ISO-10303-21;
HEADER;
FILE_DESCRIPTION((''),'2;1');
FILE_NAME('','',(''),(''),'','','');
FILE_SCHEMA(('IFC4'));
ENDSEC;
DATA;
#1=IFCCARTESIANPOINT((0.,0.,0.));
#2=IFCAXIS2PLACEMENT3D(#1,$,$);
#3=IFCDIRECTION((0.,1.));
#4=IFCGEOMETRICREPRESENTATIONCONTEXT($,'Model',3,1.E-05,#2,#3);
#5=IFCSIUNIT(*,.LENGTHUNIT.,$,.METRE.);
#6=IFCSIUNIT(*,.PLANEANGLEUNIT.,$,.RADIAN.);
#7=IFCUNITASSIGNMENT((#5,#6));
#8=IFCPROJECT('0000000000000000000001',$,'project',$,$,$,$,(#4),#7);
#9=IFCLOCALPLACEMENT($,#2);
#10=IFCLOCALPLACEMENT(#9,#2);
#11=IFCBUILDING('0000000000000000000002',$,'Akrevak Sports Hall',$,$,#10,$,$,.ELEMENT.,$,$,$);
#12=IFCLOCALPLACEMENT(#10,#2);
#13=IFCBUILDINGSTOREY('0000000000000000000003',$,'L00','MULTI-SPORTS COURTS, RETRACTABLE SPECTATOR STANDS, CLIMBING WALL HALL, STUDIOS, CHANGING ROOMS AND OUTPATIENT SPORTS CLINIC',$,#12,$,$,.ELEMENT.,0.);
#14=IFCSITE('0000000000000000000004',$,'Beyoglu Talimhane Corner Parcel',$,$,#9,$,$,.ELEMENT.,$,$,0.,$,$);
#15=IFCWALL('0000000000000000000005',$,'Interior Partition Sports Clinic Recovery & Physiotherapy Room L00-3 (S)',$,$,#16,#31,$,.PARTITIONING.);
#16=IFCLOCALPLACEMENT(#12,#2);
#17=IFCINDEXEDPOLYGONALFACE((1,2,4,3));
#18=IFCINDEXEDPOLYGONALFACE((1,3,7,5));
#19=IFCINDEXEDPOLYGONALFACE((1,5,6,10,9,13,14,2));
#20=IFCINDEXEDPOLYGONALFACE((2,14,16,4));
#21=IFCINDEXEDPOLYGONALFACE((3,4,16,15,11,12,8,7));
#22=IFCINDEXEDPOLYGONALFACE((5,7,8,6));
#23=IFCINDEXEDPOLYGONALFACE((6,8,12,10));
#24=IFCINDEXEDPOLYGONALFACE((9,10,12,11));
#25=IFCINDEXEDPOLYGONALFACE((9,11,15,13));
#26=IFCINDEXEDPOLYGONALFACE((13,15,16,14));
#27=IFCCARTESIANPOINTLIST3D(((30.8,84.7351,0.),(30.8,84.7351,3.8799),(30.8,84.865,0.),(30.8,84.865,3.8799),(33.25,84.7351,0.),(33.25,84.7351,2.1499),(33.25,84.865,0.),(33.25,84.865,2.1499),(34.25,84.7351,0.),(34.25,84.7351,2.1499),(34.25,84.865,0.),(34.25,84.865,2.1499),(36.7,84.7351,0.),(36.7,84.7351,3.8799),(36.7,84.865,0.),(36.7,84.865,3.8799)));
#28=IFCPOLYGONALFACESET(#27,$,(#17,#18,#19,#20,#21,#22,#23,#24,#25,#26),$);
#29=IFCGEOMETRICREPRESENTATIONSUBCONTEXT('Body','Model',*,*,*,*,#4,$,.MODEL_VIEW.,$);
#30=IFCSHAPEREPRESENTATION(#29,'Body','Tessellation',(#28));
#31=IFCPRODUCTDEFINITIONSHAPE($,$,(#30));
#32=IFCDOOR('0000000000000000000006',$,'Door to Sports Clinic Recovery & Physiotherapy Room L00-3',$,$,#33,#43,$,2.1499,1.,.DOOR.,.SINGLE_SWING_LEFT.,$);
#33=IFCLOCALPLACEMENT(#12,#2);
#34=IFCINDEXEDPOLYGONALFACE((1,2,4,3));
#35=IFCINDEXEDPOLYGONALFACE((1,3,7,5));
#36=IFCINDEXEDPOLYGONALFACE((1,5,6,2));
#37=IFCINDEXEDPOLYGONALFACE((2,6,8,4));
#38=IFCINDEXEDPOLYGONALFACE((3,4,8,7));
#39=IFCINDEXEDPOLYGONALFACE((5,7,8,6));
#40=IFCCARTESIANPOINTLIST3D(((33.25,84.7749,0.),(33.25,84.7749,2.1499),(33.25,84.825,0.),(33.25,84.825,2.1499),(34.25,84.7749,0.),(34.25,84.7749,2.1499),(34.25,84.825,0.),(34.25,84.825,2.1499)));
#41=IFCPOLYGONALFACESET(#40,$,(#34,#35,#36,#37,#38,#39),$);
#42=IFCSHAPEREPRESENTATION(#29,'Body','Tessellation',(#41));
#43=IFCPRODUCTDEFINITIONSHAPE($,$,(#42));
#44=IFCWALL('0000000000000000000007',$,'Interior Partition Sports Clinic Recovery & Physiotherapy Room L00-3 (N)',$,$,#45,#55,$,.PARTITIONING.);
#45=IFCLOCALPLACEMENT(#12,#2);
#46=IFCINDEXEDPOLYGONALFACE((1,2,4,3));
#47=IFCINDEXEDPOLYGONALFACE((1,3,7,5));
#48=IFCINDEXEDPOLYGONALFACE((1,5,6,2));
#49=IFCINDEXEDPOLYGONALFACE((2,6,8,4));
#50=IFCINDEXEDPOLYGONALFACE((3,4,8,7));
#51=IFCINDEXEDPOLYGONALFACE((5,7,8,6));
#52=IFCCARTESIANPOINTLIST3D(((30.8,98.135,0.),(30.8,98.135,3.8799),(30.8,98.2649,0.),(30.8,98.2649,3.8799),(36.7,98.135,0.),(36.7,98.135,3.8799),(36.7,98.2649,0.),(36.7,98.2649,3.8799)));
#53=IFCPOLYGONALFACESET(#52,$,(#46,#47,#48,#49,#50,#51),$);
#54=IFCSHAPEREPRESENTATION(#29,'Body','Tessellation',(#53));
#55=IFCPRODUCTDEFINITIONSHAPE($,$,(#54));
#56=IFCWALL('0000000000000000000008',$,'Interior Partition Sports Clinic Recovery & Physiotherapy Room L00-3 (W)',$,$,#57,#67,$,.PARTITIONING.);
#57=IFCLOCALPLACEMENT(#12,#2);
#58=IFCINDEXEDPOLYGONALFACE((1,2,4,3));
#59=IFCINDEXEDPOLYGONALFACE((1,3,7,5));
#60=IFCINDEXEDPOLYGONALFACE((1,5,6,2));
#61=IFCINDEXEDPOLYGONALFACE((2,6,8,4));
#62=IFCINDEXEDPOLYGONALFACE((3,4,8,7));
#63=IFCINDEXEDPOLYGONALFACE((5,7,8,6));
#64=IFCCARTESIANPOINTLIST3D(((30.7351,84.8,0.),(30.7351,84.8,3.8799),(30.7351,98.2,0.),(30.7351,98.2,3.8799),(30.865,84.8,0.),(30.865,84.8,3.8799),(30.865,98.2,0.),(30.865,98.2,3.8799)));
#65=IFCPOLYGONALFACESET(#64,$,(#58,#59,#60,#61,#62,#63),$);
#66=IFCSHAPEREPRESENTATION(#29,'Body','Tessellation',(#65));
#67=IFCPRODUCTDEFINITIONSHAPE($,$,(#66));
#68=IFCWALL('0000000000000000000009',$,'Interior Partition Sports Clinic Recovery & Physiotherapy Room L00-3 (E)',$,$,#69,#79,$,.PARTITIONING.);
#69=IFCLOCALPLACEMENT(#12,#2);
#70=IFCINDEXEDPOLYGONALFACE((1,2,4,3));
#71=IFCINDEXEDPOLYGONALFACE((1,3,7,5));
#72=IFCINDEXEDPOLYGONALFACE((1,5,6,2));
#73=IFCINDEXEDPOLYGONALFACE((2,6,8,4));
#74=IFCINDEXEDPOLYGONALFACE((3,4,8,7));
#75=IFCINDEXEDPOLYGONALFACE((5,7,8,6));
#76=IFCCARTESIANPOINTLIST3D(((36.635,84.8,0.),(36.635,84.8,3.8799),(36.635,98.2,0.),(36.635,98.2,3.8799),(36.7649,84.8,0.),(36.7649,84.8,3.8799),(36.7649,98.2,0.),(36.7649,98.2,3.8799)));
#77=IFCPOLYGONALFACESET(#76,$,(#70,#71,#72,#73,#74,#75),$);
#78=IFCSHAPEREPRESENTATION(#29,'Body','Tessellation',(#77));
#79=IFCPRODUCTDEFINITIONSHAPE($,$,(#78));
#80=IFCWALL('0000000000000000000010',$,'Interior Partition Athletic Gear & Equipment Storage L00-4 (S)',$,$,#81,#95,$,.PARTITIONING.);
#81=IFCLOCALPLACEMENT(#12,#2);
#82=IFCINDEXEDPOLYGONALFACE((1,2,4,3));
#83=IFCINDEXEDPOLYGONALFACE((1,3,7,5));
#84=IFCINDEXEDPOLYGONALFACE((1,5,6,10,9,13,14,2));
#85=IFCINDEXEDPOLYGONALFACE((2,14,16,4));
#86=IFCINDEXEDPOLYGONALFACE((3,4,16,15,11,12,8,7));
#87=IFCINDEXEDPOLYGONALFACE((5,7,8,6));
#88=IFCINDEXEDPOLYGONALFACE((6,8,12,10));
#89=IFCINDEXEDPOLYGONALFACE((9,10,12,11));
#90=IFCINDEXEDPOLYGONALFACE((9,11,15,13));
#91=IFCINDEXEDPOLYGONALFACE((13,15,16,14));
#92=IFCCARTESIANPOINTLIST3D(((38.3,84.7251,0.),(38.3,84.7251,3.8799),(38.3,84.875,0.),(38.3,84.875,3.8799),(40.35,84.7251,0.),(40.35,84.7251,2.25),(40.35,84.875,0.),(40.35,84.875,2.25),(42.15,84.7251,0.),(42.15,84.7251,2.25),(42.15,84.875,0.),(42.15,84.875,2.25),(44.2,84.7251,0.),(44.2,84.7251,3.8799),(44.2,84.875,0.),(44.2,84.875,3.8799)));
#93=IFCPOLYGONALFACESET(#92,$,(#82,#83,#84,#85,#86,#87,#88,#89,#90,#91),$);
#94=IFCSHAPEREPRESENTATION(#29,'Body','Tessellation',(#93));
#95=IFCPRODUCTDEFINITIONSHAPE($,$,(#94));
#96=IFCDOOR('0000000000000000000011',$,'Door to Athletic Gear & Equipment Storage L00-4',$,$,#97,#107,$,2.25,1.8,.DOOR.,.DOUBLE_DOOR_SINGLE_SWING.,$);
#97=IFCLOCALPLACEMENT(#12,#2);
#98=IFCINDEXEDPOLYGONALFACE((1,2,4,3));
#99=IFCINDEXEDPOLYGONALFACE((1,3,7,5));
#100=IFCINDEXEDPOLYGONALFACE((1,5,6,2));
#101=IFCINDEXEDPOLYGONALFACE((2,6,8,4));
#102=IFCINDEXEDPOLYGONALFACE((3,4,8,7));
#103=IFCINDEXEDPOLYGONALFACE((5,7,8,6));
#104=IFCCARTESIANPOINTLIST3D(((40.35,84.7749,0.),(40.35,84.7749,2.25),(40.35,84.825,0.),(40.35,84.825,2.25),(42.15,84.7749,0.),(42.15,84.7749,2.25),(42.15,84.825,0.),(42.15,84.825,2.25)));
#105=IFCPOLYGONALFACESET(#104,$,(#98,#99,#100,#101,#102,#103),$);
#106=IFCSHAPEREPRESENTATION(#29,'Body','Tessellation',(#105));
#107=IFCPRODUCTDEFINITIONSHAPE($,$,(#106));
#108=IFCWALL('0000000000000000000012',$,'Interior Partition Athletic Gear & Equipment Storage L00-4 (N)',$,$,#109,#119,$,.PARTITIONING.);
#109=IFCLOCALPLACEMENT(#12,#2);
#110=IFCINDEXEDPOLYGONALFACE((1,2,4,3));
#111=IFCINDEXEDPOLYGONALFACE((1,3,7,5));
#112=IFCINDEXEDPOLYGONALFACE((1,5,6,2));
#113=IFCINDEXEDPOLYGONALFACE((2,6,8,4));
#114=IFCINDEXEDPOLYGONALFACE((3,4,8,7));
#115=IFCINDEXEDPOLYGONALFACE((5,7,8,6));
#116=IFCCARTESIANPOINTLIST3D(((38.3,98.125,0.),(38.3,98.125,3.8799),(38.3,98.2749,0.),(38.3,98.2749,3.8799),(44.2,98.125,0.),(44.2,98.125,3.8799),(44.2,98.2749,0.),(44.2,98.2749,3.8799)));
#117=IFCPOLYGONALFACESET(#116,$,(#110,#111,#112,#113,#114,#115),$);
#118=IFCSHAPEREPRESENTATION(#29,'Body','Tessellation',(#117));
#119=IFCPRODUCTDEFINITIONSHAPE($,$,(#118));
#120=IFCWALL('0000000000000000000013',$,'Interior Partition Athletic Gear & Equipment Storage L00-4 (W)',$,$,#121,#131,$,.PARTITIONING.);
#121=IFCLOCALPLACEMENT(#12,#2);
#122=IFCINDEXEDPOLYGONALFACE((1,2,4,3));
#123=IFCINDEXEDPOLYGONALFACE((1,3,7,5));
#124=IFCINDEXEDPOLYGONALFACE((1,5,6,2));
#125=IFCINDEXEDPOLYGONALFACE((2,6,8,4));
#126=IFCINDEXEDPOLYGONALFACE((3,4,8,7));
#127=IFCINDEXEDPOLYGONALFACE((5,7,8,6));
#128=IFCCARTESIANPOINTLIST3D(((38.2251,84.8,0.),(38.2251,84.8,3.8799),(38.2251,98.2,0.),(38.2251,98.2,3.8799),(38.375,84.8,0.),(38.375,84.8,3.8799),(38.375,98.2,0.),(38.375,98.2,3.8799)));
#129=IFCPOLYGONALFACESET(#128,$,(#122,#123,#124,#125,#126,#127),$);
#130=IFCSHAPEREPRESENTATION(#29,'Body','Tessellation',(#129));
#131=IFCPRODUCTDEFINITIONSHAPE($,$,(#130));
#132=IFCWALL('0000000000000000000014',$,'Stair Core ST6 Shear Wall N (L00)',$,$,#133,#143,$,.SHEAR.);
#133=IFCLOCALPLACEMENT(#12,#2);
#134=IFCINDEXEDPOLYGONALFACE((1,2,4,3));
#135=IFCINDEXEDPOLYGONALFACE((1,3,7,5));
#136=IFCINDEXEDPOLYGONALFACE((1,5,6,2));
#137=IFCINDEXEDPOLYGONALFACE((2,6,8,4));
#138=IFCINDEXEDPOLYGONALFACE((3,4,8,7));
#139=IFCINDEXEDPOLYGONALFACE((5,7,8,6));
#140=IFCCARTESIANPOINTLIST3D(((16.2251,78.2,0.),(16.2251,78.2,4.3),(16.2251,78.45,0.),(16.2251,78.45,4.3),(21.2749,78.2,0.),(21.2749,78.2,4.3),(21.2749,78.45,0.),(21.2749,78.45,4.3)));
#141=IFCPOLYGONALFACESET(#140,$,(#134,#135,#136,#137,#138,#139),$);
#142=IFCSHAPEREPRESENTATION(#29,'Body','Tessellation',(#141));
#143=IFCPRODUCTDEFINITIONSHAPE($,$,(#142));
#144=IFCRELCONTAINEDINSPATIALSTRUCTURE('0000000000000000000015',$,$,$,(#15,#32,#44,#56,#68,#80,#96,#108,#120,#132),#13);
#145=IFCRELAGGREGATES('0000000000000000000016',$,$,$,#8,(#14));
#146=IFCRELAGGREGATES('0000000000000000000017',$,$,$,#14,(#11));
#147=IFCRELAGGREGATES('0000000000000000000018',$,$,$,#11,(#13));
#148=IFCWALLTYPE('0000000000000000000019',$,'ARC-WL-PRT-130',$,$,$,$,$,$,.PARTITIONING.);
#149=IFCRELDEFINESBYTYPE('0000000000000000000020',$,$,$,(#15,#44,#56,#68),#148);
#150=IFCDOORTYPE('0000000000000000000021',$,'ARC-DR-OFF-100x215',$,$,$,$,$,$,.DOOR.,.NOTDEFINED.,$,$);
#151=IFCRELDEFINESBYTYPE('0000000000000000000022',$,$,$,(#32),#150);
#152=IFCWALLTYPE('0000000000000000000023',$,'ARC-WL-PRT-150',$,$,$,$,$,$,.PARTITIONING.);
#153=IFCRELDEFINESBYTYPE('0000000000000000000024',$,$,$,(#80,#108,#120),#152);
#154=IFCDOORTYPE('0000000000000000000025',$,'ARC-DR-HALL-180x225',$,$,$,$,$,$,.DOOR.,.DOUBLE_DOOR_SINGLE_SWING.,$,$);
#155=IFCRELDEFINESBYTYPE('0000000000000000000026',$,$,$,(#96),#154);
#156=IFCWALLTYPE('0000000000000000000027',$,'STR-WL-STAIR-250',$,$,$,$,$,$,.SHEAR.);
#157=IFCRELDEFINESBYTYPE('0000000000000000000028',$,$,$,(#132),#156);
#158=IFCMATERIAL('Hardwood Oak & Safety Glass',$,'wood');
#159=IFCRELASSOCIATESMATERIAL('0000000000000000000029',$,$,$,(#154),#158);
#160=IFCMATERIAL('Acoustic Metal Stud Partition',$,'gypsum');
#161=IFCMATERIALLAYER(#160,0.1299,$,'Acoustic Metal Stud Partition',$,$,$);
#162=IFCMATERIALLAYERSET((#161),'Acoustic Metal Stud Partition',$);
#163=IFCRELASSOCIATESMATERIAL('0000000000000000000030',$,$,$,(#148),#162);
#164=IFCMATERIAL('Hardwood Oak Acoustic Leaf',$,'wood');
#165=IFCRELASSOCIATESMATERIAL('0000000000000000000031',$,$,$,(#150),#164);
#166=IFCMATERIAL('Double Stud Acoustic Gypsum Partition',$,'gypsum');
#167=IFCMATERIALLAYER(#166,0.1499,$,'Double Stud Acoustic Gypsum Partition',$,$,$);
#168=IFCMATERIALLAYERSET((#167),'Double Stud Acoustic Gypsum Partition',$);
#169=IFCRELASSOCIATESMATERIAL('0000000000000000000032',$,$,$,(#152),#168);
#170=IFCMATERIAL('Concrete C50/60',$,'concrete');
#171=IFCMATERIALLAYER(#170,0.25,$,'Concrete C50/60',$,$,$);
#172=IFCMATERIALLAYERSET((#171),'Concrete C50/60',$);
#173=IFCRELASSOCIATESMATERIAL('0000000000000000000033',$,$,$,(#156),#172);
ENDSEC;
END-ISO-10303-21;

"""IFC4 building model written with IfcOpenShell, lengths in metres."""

from ifc_helpers import new_model, si_unit, direction, frame, frame_2d, origin, place, context, subcontext, project, spatial, rectangle, extrude, material, layer, layer_set, type_object, element, fill, save


model = new_model("IFC4")

# Units and contexts
model_context = context("Model", 3, precision=1e-05, world=origin(), true_north=direction((0.0, 1.0)))
body_context = subcontext(model_context, "Body", "Model", "MODEL_VIEW")
ifc_project = project(units=[si_unit("LENGTHUNIT", "METRE"), si_unit("PLANEANGLEUNIT", "RADIAN")], contexts=[model_context])

# Site, building, storey
site_placement = place(None, origin())
site = spatial("IfcSite", under=ifc_project, at=site_placement, Name="Beyoglu Talimhane Corner Parcel", CompositionType="ELEMENT", RefElevation=0.0)
building_placement = place(site_placement, origin())
building = spatial("IfcBuilding", under=site, at=building_placement, Name="Akrevak Sports Hall", CompositionType="ELEMENT")
storey_placement = place(building_placement, origin())
storey = spatial("IfcBuildingStorey", under=building, at=storey_placement, Name="L00", Description="MULTI-SPORTS COURTS, RETRACTABLE SPECTATOR STANDS, CLIMBING WALL HALL, STUDIOS, CHANGING ROOMS AND OUTPATIENT SPORTS CLINIC", CompositionType="ELEMENT", Elevation=0.0)

# Shared definitions
ifc_material_1 = material(Name="Concrete C50/60", Category="concrete")

# Shared definitions
ifc_material_2 = material(Name="Hardwood Oak & Safety Glass", Category="wood")
door_type_1 = type_object("IfcDoorType", Name="ARC-DR-HALL-180x225", OperationType="DOUBLE_DOOR_SINGLE_SWING", PredefinedType="DOOR", material=ifc_material_2)

# Wall, opening, door
ifc_material_3 = material(Name="Acoustic Metal Stud Partition", Category="gypsum")
ifc_layer_1 = layer(ifc_material_3, 0.1299, Name="Acoustic Metal Stud Partition")
ifc_layer_set_1 = layer_set([ifc_layer_1], Name="Acoustic Metal Stud Partition")
wall_type_1 = type_object("IfcWallType", Name="ARC-WL-PRT-130", PredefinedType="PARTITIONING", material=ifc_layer_set_1)
wall_1_placement = place(storey_placement, frame((30.8, 84.8, 0.0), z_axis=(0.0, 0.0, 1.0), x_axis=(1.0, 0.0, 0.0)))
wall_1 = element("IfcWall", 1, at=wall_1_placement, inside=storey, type_object=wall_type_1, Name="Interior Partition Sports Clinic Recovery & Physiotherapy Room L00-3 (S)", PredefinedType="PARTITIONING", context=body_context, shape_type="SweptSolid", body=[
    extrude(rectangle(XDim=5.8999, YDim=0.1299, at=frame_2d((2.95, 0.0))), origin(), (0.0, 0.0, 1.0), 3.8799),
])
opening_1_placement = place(wall_1_placement, frame((2.45, 0.0, 0.0)))
opening_1 = element("IfcOpeningElement", 2, at=opening_1_placement, cuts=wall_1, PredefinedType="OPENING", context=body_context, shape_type="SweptSolid", body=[
    extrude(rectangle(XDim=1.0, YDim=2.1499, at=frame_2d((0.5, 1.075))), frame((0.0, 0.0769, 0.0), z_axis=(0.0, -1.0, 0.0), x_axis=(1.0, 0.0, 0.0)), (0.0, 0.0, 1.0), 0.1538),
])
ifc_material_4 = material(Name="Hardwood Oak Acoustic Leaf", Category="wood")
door_type_2 = type_object("IfcDoorType", Name="ARC-DR-OFF-100x215", OperationType="NOTDEFINED", PredefinedType="DOOR", material=ifc_material_4)
door_1_placement = place(opening_1_placement, origin())
door_1 = element("IfcDoor", 3, at=door_1_placement, inside=storey, type_object=door_type_2, Name="Door to Sports Clinic Recovery & Physiotherapy Room L00-3", OperationType="SINGLE_SWING_LEFT", OverallHeight=2.1499, OverallWidth=1.0, PredefinedType="DOOR", context=body_context, shape_type="SweptSolid", body=[
    extrude(rectangle(XDim=1.0, YDim=2.1499, at=frame_2d((0.5, 1.075))), frame((0.0, 0.0249, 0.0), z_axis=(0.0, -1.0, 0.0), x_axis=(1.0, 0.0, 0.0)), (0.0, 0.0, 1.0), 0.05),
])
fill(opening_1, door_1)

# Walls
wall_2_placement = place(storey_placement, frame((30.8, 98.2, 0.0), z_axis=(0.0, 0.0, 1.0), x_axis=(1.0, 0.0, 0.0)))
element("IfcWall", 4, at=wall_2_placement, inside=storey, type_object=wall_type_1, Name="Interior Partition Sports Clinic Recovery & Physiotherapy Room L00-3 (N)", PredefinedType="PARTITIONING", context=body_context, shape_type="SweptSolid", body=[
    extrude(rectangle(XDim=5.8999, YDim=0.1299, at=frame_2d((2.95, 0.0))), origin(), (0.0, 0.0, 1.0), 3.8799),
])
for number, where, z_axis, x_axis, name in (
    (5, (30.8, 84.8, 0.0), (0.0, 0.0, 1.0), (0.0, 1.0, 0.0), "Interior Partition Sports Clinic Recovery & Physiotherapy Room L00-3 (W)"),
    (6, (36.7, 84.8, 0.0), (0.0, 0.0, 1.0), (0.0, 1.0, 0.0), "Interior Partition Sports Clinic Recovery & Physiotherapy Room L00-3 (E)"),
):
    element("IfcWall", number, at=place(storey_placement, frame(where, z_axis=z_axis, x_axis=x_axis)), inside=storey, type_object=wall_type_1, Name=name, PredefinedType="PARTITIONING", context=body_context, shape_type="SweptSolid", body=[
        extrude(rectangle(XDim=13.3999, YDim=0.1299, at=frame_2d((6.7, 0.0))), origin(), (0.0, 0.0, 1.0), 3.8799),
    ])

# Wall, opening, door
ifc_material_5 = material(Name="Double Stud Acoustic Gypsum Partition", Category="gypsum")
ifc_layer_2 = layer(ifc_material_5, 0.1499, Name="Double Stud Acoustic Gypsum Partition")
ifc_layer_set_2 = layer_set([ifc_layer_2], Name="Double Stud Acoustic Gypsum Partition")
wall_type_2 = type_object("IfcWallType", Name="ARC-WL-PRT-150", PredefinedType="PARTITIONING", material=ifc_layer_set_2)
wall_3_placement = place(storey_placement, frame((38.3, 84.8, 0.0), z_axis=(0.0, 0.0, 1.0), x_axis=(1.0, 0.0, 0.0)))
wall_3 = element("IfcWall", 7, at=wall_3_placement, inside=storey, type_object=wall_type_2, Name="Interior Partition Athletic Gear & Equipment Storage L00-4 (S)", PredefinedType="PARTITIONING", context=body_context, shape_type="SweptSolid", body=[
    extrude(rectangle(XDim=5.8999, YDim=0.1499, at=frame_2d((2.95, 0.0))), origin(), (0.0, 0.0, 1.0), 3.8799),
])
opening_2_placement = place(wall_3_placement, frame((2.05, 0.0, 0.0)))
opening_2 = element("IfcOpeningElement", 8, at=opening_2_placement, cuts=wall_3, PredefinedType="OPENING", context=body_context, shape_type="SweptSolid", body=[
    extrude(rectangle(XDim=1.8, YDim=2.25, at=frame_2d((0.8999, 1.125))), frame((0.0, 0.0869, 0.0), z_axis=(0.0, -1.0, 0.0), x_axis=(1.0, 0.0, 0.0)), (0.0, 0.0, 1.0), 0.1738),
])
door_2_placement = place(opening_2_placement, origin())
door_2 = element("IfcDoor", 9, at=door_2_placement, inside=storey, type_object=door_type_1, Name="Door to Athletic Gear & Equipment Storage L00-4", OperationType="DOUBLE_DOOR_SINGLE_SWING", OverallHeight=2.25, OverallWidth=1.8, PredefinedType="DOOR", context=body_context, shape_type="SweptSolid", body=[
    extrude(rectangle(XDim=1.8, YDim=2.25, at=frame_2d((0.8999, 1.125))), frame((0.0, 0.0249, 0.0), z_axis=(0.0, -1.0, 0.0), x_axis=(1.0, 0.0, 0.0)), (0.0, 0.0, 1.0), 0.05),
])
fill(opening_2, door_2)

# Walls
wall_4_placement = place(storey_placement, frame((38.3, 98.2, 0.0), z_axis=(0.0, 0.0, 1.0), x_axis=(1.0, 0.0, 0.0)))
element("IfcWall", 10, at=wall_4_placement, inside=storey, type_object=wall_type_2, Name="Interior Partition Athletic Gear & Equipment Storage L00-4 (N)", PredefinedType="PARTITIONING", context=body_context, shape_type="SweptSolid", body=[
    extrude(rectangle(XDim=5.8999, YDim=0.1499, at=frame_2d((2.95, 0.0))), origin(), (0.0, 0.0, 1.0), 3.8799),
])
wall_5_placement = place(storey_placement, frame((38.3, 84.8, 0.0), z_axis=(0.0, 0.0, 1.0), x_axis=(0.0, 1.0, 0.0)))
element("IfcWall", 11, at=wall_5_placement, inside=storey, type_object=wall_type_2, Name="Interior Partition Athletic Gear & Equipment Storage L00-4 (W)", PredefinedType="PARTITIONING", context=body_context, shape_type="SweptSolid", body=[
    extrude(rectangle(XDim=13.3999, YDim=0.1499, at=frame_2d((6.7, 0.0))), origin(), (0.0, 0.0, 1.0), 3.8799),
])
ifc_layer_3 = layer(ifc_material_1, 0.25, Name="Concrete C50/60")
ifc_layer_set_3 = layer_set([ifc_layer_3], Name="Concrete C50/60")
wall_type_3 = type_object("IfcWallType", Name="STR-WL-STAIR-250", PredefinedType="SHEAR", material=ifc_layer_set_3)
wall_6_placement = place(storey_placement, frame((21.2749, 78.325, 0.0), z_axis=(0.0, 0.0, 1.0), x_axis=(-1.0, 0.0, 0.0)))
element("IfcWall", 12, at=wall_6_placement, inside=storey, type_object=wall_type_3, Name="Stair Core ST6 Shear Wall N (L00)", PredefinedType="SHEAR", context=body_context, shape_type="SweptSolid", body=[
    extrude(rectangle(XDim=5.0498, YDim=0.25, at=frame_2d((2.5249, 0.0))), origin(), (0.0, 0.0, 1.0), 4.3),
])

save(model, "model.ifc")
